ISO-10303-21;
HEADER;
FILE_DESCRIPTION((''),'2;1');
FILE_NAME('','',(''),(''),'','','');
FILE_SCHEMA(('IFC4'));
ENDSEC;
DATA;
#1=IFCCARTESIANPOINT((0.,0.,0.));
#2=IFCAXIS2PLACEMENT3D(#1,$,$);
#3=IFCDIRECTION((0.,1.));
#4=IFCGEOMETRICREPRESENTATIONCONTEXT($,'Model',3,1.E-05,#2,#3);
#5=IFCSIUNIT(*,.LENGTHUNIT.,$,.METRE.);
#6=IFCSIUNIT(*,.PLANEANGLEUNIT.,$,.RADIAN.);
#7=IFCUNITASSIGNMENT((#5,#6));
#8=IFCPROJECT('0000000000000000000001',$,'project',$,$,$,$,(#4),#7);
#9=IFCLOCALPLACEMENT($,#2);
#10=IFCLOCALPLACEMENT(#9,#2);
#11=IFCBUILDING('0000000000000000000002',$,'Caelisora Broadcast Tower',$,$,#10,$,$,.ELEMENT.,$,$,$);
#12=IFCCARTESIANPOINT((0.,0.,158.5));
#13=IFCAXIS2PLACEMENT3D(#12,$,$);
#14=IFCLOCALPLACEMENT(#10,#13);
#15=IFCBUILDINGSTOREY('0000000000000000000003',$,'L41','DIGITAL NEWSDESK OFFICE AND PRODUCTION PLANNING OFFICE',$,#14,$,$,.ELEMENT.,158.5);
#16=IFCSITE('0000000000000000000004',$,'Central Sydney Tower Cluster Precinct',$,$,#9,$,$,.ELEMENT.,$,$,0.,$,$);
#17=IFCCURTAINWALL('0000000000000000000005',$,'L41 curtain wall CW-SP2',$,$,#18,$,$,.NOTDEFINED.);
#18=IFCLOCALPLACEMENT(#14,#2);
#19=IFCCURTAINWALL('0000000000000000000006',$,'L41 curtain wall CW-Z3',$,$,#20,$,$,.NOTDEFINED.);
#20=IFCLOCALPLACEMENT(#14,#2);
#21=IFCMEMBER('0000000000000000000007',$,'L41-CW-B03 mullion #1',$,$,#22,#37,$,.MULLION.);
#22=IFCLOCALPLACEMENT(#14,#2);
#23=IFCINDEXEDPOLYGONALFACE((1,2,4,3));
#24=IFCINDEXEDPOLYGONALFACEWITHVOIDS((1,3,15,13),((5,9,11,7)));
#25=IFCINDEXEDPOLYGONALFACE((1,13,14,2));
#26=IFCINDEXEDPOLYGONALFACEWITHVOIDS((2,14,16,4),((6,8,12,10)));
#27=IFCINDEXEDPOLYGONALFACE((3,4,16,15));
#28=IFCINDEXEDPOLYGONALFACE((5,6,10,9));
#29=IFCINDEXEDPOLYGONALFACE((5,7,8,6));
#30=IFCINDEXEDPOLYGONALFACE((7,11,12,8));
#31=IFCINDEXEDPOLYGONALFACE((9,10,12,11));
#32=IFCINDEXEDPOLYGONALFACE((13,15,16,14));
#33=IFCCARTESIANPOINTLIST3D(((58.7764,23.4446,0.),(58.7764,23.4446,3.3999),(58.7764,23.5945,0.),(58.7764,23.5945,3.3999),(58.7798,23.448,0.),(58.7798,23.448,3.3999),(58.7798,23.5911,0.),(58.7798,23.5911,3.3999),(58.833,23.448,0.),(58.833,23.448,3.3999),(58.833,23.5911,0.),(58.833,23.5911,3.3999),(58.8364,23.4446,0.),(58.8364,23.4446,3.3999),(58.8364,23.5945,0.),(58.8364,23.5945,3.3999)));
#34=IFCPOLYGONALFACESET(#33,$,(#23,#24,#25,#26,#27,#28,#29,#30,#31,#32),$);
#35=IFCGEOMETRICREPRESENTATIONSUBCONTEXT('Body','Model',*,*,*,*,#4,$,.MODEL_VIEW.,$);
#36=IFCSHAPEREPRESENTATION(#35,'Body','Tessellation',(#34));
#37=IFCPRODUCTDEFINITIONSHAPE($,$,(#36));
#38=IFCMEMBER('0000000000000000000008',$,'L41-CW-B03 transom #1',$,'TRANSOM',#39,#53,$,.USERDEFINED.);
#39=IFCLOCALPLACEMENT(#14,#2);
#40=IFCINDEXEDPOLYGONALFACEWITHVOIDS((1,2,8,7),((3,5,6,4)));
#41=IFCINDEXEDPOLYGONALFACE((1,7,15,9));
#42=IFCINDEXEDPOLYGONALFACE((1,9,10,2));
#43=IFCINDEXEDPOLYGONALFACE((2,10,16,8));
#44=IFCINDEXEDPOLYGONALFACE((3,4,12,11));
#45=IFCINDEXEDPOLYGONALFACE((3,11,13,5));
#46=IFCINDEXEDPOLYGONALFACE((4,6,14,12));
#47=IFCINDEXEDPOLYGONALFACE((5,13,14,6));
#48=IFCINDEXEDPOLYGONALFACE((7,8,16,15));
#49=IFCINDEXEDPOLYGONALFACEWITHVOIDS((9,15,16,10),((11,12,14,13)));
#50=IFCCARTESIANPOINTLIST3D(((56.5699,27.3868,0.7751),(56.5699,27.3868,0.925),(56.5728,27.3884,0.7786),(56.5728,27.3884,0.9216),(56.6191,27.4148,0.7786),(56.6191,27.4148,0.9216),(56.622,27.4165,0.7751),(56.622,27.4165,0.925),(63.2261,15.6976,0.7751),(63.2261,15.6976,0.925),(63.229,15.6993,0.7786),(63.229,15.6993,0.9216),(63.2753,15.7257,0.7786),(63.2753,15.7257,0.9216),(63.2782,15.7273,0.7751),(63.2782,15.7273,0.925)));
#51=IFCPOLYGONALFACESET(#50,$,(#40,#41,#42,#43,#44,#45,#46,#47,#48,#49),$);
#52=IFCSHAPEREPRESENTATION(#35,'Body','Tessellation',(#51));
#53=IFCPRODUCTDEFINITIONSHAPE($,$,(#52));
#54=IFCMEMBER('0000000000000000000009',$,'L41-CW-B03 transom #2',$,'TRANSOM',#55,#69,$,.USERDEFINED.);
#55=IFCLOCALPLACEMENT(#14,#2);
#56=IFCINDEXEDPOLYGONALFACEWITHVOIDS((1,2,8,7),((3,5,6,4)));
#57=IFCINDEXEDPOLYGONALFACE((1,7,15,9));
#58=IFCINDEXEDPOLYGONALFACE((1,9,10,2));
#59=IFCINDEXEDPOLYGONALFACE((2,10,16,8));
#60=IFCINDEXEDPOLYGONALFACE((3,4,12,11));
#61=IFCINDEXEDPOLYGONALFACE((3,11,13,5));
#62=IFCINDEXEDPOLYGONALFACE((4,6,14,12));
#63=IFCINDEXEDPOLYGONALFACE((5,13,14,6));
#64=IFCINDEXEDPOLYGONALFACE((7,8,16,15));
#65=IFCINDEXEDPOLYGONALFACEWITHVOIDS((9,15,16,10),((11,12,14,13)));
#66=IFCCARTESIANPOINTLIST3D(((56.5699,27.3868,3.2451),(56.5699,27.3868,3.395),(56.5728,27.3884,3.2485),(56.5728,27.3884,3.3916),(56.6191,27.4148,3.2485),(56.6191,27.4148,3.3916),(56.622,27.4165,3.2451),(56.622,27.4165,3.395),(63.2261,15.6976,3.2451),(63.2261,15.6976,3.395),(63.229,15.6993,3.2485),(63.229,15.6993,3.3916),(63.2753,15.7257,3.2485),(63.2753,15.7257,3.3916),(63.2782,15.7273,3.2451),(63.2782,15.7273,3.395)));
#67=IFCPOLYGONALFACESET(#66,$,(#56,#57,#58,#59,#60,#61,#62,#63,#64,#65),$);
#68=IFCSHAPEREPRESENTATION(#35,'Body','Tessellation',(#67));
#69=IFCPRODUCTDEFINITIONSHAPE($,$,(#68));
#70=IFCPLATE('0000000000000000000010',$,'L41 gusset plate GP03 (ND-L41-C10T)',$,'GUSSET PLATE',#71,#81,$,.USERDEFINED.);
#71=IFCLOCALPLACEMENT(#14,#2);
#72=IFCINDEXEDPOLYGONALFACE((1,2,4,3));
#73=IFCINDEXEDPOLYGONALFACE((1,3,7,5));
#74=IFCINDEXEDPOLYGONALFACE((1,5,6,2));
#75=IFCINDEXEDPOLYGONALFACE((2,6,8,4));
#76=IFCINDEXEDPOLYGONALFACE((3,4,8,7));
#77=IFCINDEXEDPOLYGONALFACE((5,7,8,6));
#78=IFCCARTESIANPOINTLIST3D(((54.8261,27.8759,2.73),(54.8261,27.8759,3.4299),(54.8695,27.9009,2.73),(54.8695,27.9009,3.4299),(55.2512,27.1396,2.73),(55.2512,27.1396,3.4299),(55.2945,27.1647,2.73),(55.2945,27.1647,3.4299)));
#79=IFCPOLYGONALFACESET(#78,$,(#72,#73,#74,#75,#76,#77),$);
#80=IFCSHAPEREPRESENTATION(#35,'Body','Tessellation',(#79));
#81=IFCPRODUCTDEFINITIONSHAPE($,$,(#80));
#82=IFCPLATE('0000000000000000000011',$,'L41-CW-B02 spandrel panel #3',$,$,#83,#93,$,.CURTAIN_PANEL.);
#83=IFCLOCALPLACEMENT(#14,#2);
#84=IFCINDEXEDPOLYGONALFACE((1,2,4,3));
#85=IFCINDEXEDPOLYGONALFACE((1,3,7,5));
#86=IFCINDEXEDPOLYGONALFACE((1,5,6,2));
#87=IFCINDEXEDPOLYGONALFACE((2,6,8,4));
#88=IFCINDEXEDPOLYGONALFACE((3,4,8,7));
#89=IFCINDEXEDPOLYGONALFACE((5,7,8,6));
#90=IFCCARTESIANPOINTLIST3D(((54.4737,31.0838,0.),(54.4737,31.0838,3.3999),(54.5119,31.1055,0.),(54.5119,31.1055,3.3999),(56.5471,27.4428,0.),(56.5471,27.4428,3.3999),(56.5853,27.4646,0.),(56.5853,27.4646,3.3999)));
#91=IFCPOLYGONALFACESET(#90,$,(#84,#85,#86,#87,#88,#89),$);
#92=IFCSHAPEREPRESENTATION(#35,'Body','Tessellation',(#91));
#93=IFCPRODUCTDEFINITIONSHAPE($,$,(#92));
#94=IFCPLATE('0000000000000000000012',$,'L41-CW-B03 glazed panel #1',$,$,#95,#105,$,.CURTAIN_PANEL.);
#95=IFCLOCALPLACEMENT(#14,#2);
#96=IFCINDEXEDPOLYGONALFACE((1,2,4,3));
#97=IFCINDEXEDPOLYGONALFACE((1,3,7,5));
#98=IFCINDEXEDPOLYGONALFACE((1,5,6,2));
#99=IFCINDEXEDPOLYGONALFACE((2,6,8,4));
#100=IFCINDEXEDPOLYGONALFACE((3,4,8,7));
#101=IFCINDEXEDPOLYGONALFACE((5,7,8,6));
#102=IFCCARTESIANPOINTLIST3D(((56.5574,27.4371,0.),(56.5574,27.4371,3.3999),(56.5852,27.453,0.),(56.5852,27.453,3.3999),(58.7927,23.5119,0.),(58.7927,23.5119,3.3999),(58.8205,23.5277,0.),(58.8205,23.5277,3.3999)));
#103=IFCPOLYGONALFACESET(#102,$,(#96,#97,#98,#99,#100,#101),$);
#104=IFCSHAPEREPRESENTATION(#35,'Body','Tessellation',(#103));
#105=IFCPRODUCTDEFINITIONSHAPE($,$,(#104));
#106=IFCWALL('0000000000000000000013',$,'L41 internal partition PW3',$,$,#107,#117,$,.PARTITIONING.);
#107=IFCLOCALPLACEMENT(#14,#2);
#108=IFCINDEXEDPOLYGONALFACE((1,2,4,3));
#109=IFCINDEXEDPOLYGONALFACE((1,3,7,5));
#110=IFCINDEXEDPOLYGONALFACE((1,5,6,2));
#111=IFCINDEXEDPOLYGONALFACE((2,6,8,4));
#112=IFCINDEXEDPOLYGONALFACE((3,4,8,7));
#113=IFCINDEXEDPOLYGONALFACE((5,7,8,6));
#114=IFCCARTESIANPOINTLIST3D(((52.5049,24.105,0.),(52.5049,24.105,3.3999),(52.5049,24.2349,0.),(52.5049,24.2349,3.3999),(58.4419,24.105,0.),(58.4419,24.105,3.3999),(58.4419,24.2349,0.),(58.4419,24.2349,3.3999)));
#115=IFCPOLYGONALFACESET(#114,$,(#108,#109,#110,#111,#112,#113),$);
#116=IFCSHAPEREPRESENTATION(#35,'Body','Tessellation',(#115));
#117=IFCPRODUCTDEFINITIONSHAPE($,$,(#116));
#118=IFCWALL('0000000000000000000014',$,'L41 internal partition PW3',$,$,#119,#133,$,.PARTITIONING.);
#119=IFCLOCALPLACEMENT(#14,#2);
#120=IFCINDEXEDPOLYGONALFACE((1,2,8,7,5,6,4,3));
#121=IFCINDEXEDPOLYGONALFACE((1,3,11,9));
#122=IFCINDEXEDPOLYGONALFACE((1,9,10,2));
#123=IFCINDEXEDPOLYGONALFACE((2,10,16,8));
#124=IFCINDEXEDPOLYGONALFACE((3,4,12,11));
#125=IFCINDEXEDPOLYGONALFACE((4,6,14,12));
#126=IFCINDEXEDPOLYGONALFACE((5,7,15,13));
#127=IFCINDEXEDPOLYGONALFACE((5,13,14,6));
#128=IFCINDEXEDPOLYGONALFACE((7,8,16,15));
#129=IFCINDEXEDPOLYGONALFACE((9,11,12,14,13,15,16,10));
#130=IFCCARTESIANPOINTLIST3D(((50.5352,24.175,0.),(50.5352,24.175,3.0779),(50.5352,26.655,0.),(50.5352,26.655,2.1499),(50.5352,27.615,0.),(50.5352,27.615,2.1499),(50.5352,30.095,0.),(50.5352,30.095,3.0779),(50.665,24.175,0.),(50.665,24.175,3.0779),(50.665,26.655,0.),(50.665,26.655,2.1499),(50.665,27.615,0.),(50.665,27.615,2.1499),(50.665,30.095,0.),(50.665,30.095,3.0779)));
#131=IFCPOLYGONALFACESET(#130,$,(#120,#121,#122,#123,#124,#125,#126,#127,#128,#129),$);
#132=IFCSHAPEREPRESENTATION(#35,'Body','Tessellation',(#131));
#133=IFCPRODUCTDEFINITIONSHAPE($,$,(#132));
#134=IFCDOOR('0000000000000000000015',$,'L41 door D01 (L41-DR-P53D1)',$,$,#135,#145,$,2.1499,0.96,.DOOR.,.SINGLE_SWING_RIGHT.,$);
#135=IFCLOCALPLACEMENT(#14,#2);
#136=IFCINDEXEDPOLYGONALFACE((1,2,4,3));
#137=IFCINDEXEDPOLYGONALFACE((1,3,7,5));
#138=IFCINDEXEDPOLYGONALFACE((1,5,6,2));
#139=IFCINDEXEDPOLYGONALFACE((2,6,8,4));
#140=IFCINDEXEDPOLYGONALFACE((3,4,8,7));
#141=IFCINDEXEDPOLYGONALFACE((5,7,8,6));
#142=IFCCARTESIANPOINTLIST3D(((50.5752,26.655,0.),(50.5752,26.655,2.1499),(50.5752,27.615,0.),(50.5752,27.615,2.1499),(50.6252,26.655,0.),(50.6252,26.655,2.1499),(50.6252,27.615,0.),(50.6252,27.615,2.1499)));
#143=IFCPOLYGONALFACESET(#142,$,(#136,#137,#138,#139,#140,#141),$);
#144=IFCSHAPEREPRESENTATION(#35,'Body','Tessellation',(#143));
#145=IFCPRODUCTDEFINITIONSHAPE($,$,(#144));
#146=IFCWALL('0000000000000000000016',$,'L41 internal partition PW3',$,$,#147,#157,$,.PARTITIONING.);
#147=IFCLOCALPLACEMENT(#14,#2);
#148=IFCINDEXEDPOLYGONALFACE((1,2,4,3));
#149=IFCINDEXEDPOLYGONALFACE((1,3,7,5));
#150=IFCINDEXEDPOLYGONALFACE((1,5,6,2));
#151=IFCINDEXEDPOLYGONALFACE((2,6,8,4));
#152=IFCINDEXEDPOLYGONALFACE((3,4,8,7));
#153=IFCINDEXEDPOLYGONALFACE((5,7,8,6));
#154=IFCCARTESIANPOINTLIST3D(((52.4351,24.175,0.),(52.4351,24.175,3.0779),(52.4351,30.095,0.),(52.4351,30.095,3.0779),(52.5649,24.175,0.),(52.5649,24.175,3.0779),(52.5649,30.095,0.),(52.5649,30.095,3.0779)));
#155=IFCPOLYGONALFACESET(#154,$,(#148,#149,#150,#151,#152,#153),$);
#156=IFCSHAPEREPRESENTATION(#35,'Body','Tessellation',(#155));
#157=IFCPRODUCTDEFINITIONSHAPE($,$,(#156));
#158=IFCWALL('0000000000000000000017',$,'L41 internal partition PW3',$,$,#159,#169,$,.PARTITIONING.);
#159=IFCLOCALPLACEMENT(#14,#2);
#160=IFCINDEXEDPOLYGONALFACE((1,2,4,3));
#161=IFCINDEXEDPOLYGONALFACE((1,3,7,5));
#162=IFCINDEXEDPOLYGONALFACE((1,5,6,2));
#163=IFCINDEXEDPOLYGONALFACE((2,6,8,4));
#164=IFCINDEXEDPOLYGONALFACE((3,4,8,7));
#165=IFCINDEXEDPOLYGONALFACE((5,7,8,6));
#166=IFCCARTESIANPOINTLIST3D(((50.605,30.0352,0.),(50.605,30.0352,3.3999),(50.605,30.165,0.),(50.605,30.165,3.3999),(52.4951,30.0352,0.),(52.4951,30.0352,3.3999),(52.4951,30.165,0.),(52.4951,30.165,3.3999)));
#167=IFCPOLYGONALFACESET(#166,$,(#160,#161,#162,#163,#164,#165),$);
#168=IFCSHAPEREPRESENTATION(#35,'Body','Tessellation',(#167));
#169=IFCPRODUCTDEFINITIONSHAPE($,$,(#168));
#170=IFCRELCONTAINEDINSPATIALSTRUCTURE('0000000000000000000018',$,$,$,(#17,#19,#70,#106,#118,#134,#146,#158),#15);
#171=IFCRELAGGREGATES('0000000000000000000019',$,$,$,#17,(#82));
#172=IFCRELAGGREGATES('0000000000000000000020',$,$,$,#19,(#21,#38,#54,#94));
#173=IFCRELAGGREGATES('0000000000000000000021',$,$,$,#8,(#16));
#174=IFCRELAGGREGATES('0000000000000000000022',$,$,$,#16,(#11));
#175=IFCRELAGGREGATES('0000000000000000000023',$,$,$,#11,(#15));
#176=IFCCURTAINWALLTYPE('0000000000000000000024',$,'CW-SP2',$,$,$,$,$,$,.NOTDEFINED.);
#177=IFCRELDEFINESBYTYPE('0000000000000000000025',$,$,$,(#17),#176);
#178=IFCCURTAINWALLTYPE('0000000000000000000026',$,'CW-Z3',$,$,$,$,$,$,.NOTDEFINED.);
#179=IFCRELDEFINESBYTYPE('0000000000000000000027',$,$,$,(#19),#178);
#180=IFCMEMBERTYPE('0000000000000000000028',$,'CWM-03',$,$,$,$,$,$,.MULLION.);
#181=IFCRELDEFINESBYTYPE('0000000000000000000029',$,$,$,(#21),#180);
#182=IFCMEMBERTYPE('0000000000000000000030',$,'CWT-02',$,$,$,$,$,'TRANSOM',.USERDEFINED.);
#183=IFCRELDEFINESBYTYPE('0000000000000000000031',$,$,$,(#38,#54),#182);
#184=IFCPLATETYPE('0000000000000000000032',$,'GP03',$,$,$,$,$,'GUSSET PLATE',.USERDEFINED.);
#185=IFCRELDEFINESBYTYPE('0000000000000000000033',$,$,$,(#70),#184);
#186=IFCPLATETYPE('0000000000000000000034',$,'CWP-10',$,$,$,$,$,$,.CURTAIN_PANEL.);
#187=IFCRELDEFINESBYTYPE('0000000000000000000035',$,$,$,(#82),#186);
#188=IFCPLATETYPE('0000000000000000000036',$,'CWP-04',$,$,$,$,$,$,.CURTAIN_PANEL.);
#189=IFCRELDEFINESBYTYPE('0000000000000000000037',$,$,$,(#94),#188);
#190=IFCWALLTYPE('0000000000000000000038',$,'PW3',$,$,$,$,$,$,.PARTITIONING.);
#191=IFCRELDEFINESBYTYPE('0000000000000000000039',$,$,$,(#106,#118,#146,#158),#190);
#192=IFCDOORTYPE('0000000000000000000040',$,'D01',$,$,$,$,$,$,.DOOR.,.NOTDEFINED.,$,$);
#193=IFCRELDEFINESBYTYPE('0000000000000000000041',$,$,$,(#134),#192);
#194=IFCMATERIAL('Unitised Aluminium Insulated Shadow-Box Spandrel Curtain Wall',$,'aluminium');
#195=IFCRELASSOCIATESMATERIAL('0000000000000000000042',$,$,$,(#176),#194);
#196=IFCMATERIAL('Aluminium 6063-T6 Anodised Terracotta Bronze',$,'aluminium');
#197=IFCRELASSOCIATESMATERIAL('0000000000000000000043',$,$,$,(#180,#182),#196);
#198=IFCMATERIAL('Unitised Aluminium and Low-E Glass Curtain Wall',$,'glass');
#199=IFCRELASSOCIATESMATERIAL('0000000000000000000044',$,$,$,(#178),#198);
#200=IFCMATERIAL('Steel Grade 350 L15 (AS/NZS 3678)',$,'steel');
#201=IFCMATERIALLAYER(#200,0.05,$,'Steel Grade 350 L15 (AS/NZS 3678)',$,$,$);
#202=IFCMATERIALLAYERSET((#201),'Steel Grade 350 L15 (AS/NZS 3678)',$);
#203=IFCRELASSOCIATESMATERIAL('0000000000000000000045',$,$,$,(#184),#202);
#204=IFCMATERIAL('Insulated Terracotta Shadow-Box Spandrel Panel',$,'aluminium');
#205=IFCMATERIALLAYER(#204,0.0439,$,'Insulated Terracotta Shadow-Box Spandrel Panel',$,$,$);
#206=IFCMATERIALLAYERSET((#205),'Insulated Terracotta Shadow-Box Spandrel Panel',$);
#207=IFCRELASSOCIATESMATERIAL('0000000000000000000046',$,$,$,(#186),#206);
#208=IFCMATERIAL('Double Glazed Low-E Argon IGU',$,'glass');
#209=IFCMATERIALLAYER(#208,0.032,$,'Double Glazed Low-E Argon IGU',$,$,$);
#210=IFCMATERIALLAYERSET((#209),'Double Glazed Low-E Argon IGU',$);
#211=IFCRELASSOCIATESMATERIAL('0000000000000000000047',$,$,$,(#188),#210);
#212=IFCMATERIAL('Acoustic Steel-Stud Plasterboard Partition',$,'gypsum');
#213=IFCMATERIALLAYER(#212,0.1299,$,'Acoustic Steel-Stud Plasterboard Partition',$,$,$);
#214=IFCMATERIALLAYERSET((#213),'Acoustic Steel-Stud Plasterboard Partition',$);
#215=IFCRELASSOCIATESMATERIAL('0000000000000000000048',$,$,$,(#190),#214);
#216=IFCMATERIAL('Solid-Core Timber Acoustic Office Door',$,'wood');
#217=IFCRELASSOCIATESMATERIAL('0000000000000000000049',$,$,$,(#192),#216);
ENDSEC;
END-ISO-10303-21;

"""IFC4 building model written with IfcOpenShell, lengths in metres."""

from ifc_helpers import new_model, si_unit, direction, frame, frame_2d, origin, origin_2d, place, context, subcontext, project, spatial, rectangle, hollow_rectangle, extrude, source, transform, mapped, material, layer, layer_set, material_profile, profile_set, type_object, type_shapes, element, fill, aggregate, save


model = new_model("IFC4")

# Units and contexts
model_context = context("Model", 3, precision=1e-05, world=origin(), true_north=direction((0.0, 1.0)))
body_context = subcontext(model_context, "Body", "Model", "MODEL_VIEW")
ifc_project = project(units=[si_unit("LENGTHUNIT", "METRE"), si_unit("PLANEANGLEUNIT", "RADIAN")], contexts=[model_context])

# Site, building, storey
site_placement = place(None, origin())
site = spatial("IfcSite", under=ifc_project, at=site_placement, Name="Central Sydney Tower Cluster Precinct", CompositionType="ELEMENT", RefElevation=0.0)
building_placement = place(site_placement, origin())
building = spatial("IfcBuilding", under=site, at=building_placement, Name="Caelisora Broadcast Tower", CompositionType="ELEMENT")
storey_placement = place(building_placement, frame((0.0, 0.0, 158.5)))
storey = spatial("IfcBuildingStorey", under=building, at=storey_placement, Name="L41", Description="DIGITAL NEWSDESK OFFICE AND PRODUCTION PLANNING OFFICE", CompositionType="ELEMENT", Elevation=158.5)

# Shared definitions
ifc_material_1 = material(Name="Steel Grade 350 L15 (AS/NZS 3678)", Category="steel")

# Curtain wall
ifc_material_2 = material(Name="Unitised Aluminium Insulated Shadow-Box Spandrel Curtain Wall", Category="aluminium")
curtain_wall_type_1 = type_object("IfcCurtainWallType", Name="CW-SP2", PredefinedType="NOTDEFINED", material=ifc_material_2)
curtain_wall_1_placement = place(storey_placement, origin())
curtain_wall_1 = element("IfcCurtainWall", 1, at=curtain_wall_1_placement, inside=storey, type_object=curtain_wall_type_1, Name="L41 curtain wall CW-SP2", PredefinedType="NOTDEFINED")
ifc_material_3 = material(Name="Aluminium 6063-T6 Anodised Terracotta Bronze", Category="aluminium")
ifc_material_profile_1 = material_profile(ifc_material_3, hollow_rectangle(XDim=0.0601, YDim=0.1499, WallThickness=0.0034, at=origin_2d()), Name="Aluminium 6063-T6 Anodised Terracotta Bronze")
ifc_profile_set_1 = profile_set([ifc_material_profile_1], Name="Aluminium 6063-T6 Anodised Terracotta Bronze")
member_type_1 = type_object("IfcMemberType", Name="CWM-03", PredefinedType="MULLION", material=ifc_profile_set_1)
shared_shape_1 = source(origin(), body_context, "Body", "SweptSolid", [
    extrude(hollow_rectangle(XDim=0.0601, YDim=0.1499, WallThickness=0.0034, at=origin_2d()), origin(), (0.0, 0.0, 1.0), 3.3999),
])
type_shapes(member_type_1, [shared_shape_1])

# Curtain wall, members
ifc_material_4 = material(Name="Unitised Aluminium and Low-E Glass Curtain Wall", Category="glass")
curtain_wall_type_2 = type_object("IfcCurtainWallType", Name="CW-Z3", PredefinedType="NOTDEFINED", material=ifc_material_4)
curtain_wall_2_placement = place(storey_placement, origin())
curtain_wall_2 = element("IfcCurtainWall", 2, at=curtain_wall_2_placement, inside=storey, type_object=curtain_wall_type_2, Name="L41 curtain wall CW-Z3", PredefinedType="NOTDEFINED")
member_1_placement = place(storey_placement, frame((58.8064, 23.5195, 0.0), z_axis=(0.0, 0.0, 1.0), x_axis=(1.0, 0.0, 0.0)))
member_1 = element("IfcMember", 3, at=member_1_placement, type_object=member_type_1, Name="L41-CW-B03 mullion #1", PredefinedType="MULLION", context=body_context, shape_type="MappedRepresentation", body=[
    mapped(shared_shape_1, transform((0.0, 0.0, 0.0), scale=1.0)),
])
ifc_material_profile_2 = material_profile(ifc_material_3, hollow_rectangle(XDim=0.0601, YDim=0.1499, WallThickness=0.0034, at=origin_2d()), Name="Aluminium 6063-T6 Anodised Terracotta Bronze")
ifc_profile_set_2 = profile_set([ifc_material_profile_2], Name="Aluminium 6063-T6 Anodised Terracotta Bronze")
member_type_2 = type_object("IfcMemberType", Name="CWT-02", ElementType="TRANSOM", PredefinedType="USERDEFINED", material=ifc_profile_set_2)
shared_shape_2 = source(origin(), body_context, "Body", "SweptSolid", [
    extrude(hollow_rectangle(XDim=0.0601, YDim=0.1499, WallThickness=0.0034, at=origin_2d()), origin(), (0.0, 0.0, 1.0), 13.4514),
])
type_shapes(member_type_2, [shared_shape_2])
member_2_placement = place(storey_placement, frame((56.5959, 27.4016, 0.8501), z_axis=(0.494833, -0.868988, 0.0), x_axis=(0.868988, 0.494833, 0.0)))
member_2 = element("IfcMember", 4, at=member_2_placement, type_object=member_type_2, Name="L41-CW-B03 transom #1", ObjectType="TRANSOM", PredefinedType="USERDEFINED", context=body_context, shape_type="MappedRepresentation", body=[
    mapped(shared_shape_2, transform((0.0, 0.0, 0.0), scale=1.0)),
])
member_3_placement = place(storey_placement, frame((56.5959, 27.4016, 3.3201), z_axis=(0.494833, -0.868988, 0.0), x_axis=(0.868988, 0.494833, 0.0)))
member_3 = element("IfcMember", 5, at=member_3_placement, type_object=member_type_2, Name="L41-CW-B03 transom #2", ObjectType="TRANSOM", PredefinedType="USERDEFINED", context=body_context, shape_type="MappedRepresentation", body=[
    mapped(shared_shape_2, transform((0.0, 0.0, 0.0), scale=1.0)),
])

# Plates
ifc_layer_1 = layer(ifc_material_1, 0.05, Name="Steel Grade 350 L15 (AS/NZS 3678)")
ifc_layer_set_1 = layer_set([ifc_layer_1], Name="Steel Grade 350 L15 (AS/NZS 3678)")
plate_type_1 = type_object("IfcPlateType", Name="GP03", ElementType="GUSSET PLATE", PredefinedType="USERDEFINED", material=ifc_layer_set_1)
shared_shape_3 = source(origin(), body_context, "Body", "SweptSolid", [
    extrude(rectangle(XDim=0.8501, YDim=0.05, at=origin_2d()), origin(), (0.0, 0.0, 1.0), 0.7),
])
type_shapes(plate_type_1, [shared_shape_3])
plate_1_placement = place(storey_placement, frame((55.0603, 27.5203, 2.73), z_axis=(0.0, 0.0, 1.0), x_axis=(-0.5, 0.866025, 0.0)))
element("IfcPlate", 6, at=plate_1_placement, inside=storey, type_object=plate_type_1, Name="L41 gusset plate GP03 (ND-L41-C10T)", ObjectType="GUSSET PLATE", PredefinedType="USERDEFINED", context=body_context, shape_type="MappedRepresentation", body=[
    mapped(shared_shape_3, transform((0.0, 0.0, 0.0), scale=1.0)),
])
ifc_material_5 = material(Name="Insulated Terracotta Shadow-Box Spandrel Panel", Category="aluminium")
ifc_layer_2 = layer(ifc_material_5, 0.0439, Name="Insulated Terracotta Shadow-Box Spandrel Panel")
ifc_layer_set_2 = layer_set([ifc_layer_2], Name="Insulated Terracotta Shadow-Box Spandrel Panel")
plate_type_2 = type_object("IfcPlateType", Name="CWP-10", PredefinedType="CURTAIN_PANEL", material=ifc_layer_set_2)
shared_shape_4 = source(origin(), body_context, "Body", "SweptSolid", [
    extrude(rectangle(XDim=4.1899, YDim=0.0439, at=origin_2d()), origin(), (0.0, 0.0, 1.0), 3.3999),
])
type_shapes(plate_type_2, [shared_shape_4])
plate_2_placement = place(storey_placement, frame((55.5295, 29.2742, 0.0), z_axis=(0.0, 0.0, 1.0), x_axis=(0.494852, -0.868977, 0.0)))
plate_2 = element("IfcPlate", 7, at=plate_2_placement, type_object=plate_type_2, Name="L41-CW-B02 spandrel panel #3", PredefinedType="CURTAIN_PANEL", context=body_context, shape_type="MappedRepresentation", body=[
    mapped(shared_shape_4, transform((0.0, 0.0, 0.0), scale=1.0)),
])
aggregate(curtain_wall_1, [plate_2])
ifc_material_6 = material(Name="Double Glazed Low-E Argon IGU", Category="glass")
ifc_layer_3 = layer(ifc_material_6, 0.032, Name="Double Glazed Low-E Argon IGU")
ifc_layer_set_3 = layer_set([ifc_layer_3], Name="Double Glazed Low-E Argon IGU")
plate_type_3 = type_object("IfcPlateType", Name="CWP-04", PredefinedType="CURTAIN_PANEL", material=ifc_layer_set_3)
shared_shape_5 = source(origin(), body_context, "Body", "SweptSolid", [
    extrude(rectangle(XDim=4.5171, YDim=0.032, at=origin_2d()), origin(), (0.0, 0.0, 1.0), 3.3999),
])
type_shapes(plate_type_3, [shared_shape_5])
plate_3_placement = place(storey_placement, frame((57.689, 25.4824, 0.0), z_axis=(0.0, 0.0, 1.0), x_axis=(0.494852, -0.868977, 0.0)))
plate_3 = element("IfcPlate", 8, at=plate_3_placement, type_object=plate_type_3, Name="L41-CW-B03 glazed panel #1", PredefinedType="CURTAIN_PANEL", context=body_context, shape_type="MappedRepresentation", body=[
    mapped(shared_shape_5, transform((0.0, 0.0, 0.0), scale=1.0)),
])
aggregate(curtain_wall_2, [member_1, member_2, member_3, plate_3])

# Wall
ifc_material_7 = material(Name="Acoustic Steel-Stud Plasterboard Partition", Category="gypsum")
ifc_layer_4 = layer(ifc_material_7, 0.1299, Name="Acoustic Steel-Stud Plasterboard Partition")
ifc_layer_set_4 = layer_set([ifc_layer_4], Name="Acoustic Steel-Stud Plasterboard Partition")
wall_type = type_object("IfcWallType", Name="PW3", PredefinedType="PARTITIONING", material=ifc_layer_set_4)
wall_1_placement = place(storey_placement, frame((52.5049, 24.1699, 0.0), z_axis=(0.0, 0.0, 1.0), x_axis=(1.0, 0.0, 0.0)))
element("IfcWall", 9, at=wall_1_placement, inside=storey, type_object=wall_type, Name="L41 internal partition PW3", PredefinedType="PARTITIONING", context=body_context, shape_type="SweptSolid", body=[
    extrude(rectangle(XDim=5.937, YDim=0.1299, at=frame_2d((2.9685, 0.0))), origin(), (0.0, 0.0, 1.0), 3.3999),
])

# Wall, opening, door
wall_2_placement = place(storey_placement, frame((50.6001, 24.175, 0.0), z_axis=(0.0, 0.0, 1.0), x_axis=(0.0, 1.0, 0.0)))
wall_2 = element("IfcWall", 10, at=wall_2_placement, inside=storey, type_object=wall_type, Name="L41 internal partition PW3", PredefinedType="PARTITIONING", context=body_context, shape_type="SweptSolid", body=[
    extrude(rectangle(XDim=5.9199, YDim=0.1299, at=frame_2d((2.96, 0.0))), origin(), (0.0, 0.0, 1.0), 3.0779),
])
opening_1_placement = place(wall_2_placement, frame((2.48, 0.0, 0.0)))
opening_1 = element("IfcOpeningElement", 11, at=opening_1_placement, cuts=wall_2, PredefinedType="OPENING", context=body_context, shape_type="SweptSolid", body=[
    extrude(rectangle(XDim=0.96, YDim=2.1499, at=frame_2d((0.48, 1.075))), frame((0.0, 0.0769, 0.0), z_axis=(0.0, -1.0, 0.0), x_axis=(1.0, 0.0, 0.0)), (0.0, 0.0, 1.0), 0.1538),
])
ifc_material_8 = material(Name="Solid-Core Timber Acoustic Office Door", Category="wood")
door_type = type_object("IfcDoorType", Name="D01", OperationType="NOTDEFINED", PredefinedType="DOOR", material=ifc_material_8)
door_1_placement = place(opening_1_placement, origin())
door_1 = element("IfcDoor", 12, at=door_1_placement, inside=storey, type_object=door_type, Name="L41 door D01 (L41-DR-P53D1)", OperationType="SINGLE_SWING_RIGHT", OverallHeight=2.1499, OverallWidth=0.96, PredefinedType="DOOR", context=body_context, shape_type="SweptSolid", body=[
    extrude(rectangle(XDim=0.96, YDim=2.1499, at=frame_2d((0.48, 1.075))), frame((0.0, 0.0249, 0.0), z_axis=(0.0, -1.0, 0.0), x_axis=(1.0, 0.0, 0.0)), (0.0, 0.0, 1.0), 0.05),
])
fill(opening_1, door_1)

# Wall
wall_3_placement = place(storey_placement, frame((52.5, 24.175, 0.0), z_axis=(0.0, 0.0, 1.0), x_axis=(0.0, 1.0, 0.0)))
element("IfcWall", 13, at=wall_3_placement, inside=storey, type_object=wall_type, Name="L41 internal partition PW3", PredefinedType="PARTITIONING", context=body_context, shape_type="SweptSolid", body=[
    extrude(rectangle(XDim=5.9199, YDim=0.1299, at=frame_2d((2.96, 0.0))), origin(), (0.0, 0.0, 1.0), 3.0779),
])

# Wall
for number, where, z_axis, x_axis, name in (
    (14, (50.605, 30.1001, 0.0), (0.0, 0.0, 1.0), (1.0, 0.0, 0.0), "L41 internal partition PW3"),
):
    element("IfcWall", number, at=place(storey_placement, frame(where, z_axis=z_axis, x_axis=x_axis)), inside=storey, type_object=wall_type, Name=name, PredefinedType="PARTITIONING", context=body_context, shape_type="SweptSolid", body=[
        extrude(rectangle(XDim=1.8901, YDim=0.1299, at=frame_2d((0.9451, 0.0))), origin(), (0.0, 0.0, 1.0), 3.3999),
    ])

save(model, "model.ifc")
